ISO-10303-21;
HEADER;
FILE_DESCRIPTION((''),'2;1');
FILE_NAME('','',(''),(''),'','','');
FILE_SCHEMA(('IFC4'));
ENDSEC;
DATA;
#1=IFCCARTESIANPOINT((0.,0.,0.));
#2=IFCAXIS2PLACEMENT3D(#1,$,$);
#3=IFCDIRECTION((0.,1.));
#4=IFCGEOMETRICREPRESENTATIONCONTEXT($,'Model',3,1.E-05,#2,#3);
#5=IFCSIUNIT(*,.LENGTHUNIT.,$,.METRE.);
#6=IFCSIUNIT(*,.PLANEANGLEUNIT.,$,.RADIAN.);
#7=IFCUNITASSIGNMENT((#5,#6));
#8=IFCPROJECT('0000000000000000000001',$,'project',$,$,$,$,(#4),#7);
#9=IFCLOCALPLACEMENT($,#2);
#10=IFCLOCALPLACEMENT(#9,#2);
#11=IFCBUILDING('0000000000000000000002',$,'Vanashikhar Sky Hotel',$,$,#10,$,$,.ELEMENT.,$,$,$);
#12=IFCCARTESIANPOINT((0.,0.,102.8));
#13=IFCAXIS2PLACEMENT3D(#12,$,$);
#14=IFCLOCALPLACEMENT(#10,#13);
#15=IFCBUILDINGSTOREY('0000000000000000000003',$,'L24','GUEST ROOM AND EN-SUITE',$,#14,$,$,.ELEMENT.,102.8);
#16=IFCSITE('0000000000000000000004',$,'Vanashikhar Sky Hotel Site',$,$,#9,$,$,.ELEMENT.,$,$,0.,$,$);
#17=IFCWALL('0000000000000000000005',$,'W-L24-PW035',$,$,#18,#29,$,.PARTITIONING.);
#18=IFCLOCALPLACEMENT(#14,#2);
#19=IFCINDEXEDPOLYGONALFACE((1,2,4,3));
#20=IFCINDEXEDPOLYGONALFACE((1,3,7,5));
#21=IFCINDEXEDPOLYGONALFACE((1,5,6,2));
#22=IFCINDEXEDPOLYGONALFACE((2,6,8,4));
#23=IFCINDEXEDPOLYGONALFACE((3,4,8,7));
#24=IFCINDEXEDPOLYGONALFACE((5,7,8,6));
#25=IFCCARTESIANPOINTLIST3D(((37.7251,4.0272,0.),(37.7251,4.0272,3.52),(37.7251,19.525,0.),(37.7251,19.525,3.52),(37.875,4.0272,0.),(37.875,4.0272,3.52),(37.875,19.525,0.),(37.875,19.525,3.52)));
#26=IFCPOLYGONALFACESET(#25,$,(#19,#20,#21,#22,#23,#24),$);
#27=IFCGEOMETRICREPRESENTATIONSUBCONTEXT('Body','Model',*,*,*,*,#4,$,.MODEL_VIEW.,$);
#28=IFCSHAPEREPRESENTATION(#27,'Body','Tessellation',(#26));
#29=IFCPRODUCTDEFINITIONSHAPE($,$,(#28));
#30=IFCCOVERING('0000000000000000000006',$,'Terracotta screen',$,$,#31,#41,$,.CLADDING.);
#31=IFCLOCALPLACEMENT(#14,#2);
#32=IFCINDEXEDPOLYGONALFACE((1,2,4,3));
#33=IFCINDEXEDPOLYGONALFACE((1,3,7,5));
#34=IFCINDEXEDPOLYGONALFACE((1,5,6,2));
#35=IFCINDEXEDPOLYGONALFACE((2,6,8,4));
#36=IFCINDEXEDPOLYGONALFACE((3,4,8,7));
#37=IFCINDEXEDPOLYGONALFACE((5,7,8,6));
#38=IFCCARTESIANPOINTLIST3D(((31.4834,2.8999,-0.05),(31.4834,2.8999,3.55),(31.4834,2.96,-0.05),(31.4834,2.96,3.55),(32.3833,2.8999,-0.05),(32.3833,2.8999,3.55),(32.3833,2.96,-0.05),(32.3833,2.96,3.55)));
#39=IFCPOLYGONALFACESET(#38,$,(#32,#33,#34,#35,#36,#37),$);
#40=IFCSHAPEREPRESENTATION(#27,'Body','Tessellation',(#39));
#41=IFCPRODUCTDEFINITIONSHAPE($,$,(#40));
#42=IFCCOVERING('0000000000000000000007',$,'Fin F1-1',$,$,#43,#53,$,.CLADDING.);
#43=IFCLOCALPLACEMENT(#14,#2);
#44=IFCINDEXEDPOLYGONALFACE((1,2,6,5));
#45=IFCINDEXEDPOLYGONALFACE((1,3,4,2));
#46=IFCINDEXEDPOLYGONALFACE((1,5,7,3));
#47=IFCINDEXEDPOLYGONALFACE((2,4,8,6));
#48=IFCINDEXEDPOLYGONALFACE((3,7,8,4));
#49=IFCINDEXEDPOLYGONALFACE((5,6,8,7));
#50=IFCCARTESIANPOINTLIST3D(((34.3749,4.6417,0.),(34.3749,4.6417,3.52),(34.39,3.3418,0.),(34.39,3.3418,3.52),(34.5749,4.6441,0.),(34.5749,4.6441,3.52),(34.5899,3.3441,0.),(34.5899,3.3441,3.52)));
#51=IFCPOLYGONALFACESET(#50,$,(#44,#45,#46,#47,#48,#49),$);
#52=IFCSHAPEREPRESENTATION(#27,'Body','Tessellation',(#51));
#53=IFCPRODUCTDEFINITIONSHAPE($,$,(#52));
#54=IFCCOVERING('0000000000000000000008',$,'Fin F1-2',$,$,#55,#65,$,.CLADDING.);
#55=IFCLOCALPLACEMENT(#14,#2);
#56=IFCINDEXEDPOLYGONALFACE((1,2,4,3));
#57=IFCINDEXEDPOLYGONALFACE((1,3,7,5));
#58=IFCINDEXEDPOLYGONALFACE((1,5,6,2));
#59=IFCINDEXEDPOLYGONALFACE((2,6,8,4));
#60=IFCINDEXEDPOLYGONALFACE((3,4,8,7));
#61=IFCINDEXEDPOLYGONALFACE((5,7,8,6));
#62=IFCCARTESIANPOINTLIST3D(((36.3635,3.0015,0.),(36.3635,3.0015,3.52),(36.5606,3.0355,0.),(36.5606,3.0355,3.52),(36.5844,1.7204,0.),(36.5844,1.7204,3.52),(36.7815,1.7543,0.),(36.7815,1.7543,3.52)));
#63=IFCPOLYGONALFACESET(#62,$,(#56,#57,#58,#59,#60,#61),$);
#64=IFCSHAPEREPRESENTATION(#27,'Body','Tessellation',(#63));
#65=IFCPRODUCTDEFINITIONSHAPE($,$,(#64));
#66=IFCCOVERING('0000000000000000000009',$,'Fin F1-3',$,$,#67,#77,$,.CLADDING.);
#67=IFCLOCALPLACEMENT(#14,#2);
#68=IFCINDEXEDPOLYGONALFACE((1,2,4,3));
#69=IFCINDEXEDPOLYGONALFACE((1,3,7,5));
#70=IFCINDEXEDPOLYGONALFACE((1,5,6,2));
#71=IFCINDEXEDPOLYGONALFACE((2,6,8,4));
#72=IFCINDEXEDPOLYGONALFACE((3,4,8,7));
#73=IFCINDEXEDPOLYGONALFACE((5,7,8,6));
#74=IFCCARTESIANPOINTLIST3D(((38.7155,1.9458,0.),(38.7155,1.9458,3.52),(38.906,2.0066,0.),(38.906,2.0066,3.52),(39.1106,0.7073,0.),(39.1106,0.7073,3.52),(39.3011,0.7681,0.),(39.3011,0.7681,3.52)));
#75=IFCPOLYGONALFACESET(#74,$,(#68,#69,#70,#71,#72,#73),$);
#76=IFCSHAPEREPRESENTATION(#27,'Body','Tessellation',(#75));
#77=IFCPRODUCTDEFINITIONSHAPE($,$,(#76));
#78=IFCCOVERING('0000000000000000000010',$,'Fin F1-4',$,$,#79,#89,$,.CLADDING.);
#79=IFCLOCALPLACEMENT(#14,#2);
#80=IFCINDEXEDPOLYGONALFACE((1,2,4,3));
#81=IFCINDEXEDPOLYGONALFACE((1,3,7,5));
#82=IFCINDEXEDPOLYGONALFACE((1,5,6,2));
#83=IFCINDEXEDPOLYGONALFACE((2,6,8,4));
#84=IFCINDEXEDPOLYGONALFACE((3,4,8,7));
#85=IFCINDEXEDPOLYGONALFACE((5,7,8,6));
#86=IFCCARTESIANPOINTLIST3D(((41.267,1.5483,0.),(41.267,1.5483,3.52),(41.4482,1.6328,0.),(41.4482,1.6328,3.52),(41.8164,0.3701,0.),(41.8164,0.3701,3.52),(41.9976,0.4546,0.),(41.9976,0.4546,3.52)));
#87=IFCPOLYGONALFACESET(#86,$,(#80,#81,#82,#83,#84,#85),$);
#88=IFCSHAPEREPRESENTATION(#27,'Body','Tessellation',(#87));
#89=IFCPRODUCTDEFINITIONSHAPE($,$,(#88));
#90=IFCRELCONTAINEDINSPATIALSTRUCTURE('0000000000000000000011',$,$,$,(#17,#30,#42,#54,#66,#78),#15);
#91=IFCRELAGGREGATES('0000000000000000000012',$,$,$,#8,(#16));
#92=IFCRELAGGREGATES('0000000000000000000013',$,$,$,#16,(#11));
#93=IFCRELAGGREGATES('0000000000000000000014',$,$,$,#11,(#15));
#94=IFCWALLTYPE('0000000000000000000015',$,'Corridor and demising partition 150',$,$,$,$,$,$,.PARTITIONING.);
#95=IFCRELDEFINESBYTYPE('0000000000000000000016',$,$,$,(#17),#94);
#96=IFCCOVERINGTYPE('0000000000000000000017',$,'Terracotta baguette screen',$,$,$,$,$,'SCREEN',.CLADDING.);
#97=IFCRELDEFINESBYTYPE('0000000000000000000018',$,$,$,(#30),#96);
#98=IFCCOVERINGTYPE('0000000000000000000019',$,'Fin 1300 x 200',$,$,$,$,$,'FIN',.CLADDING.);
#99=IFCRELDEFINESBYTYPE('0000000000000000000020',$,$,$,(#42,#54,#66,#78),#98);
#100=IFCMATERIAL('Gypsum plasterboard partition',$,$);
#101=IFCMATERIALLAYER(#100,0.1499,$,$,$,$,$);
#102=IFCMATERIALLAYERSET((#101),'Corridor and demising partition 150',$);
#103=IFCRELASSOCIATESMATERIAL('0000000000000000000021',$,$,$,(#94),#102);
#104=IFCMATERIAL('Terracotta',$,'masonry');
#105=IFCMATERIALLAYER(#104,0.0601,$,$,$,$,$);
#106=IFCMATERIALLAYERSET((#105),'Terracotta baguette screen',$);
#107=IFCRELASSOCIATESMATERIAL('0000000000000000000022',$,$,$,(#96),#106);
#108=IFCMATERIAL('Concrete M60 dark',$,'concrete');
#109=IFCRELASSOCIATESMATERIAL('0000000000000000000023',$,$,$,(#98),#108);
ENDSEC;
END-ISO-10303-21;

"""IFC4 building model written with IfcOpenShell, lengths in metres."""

from ifc_helpers import new_model, si_unit, direction, frame, frame_2d, origin, origin_2d, place, context, subcontext, project, spatial, rectangle, extrude, source, transform, mapped, material, layer, layer_set, material_profile, profile_set, type_object, element, save


model = new_model("IFC4")

# Units and contexts
model_context = context("Model", 3, precision=1e-05, world=origin(), true_north=direction((0.0, 1.0)))
body_context = subcontext(model_context, "Body", "Model", "MODEL_VIEW")
ifc_project = project(units=[si_unit("LENGTHUNIT", "METRE"), si_unit("PLANEANGLEUNIT", "RADIAN")], contexts=[model_context])

# Site, building, storey
site_placement = place(None, origin())
site = spatial("IfcSite", under=ifc_project, at=site_placement, Name="Vanashikhar Sky Hotel Site", CompositionType="ELEMENT", RefElevation=0.0)
building_placement = place(site_placement, origin())
building = spatial("IfcBuilding", under=site, at=building_placement, Name="Vanashikhar Sky Hotel", CompositionType="ELEMENT")
storey_placement = place(building_placement, frame((0.0, 0.0, 102.8)))
storey = spatial("IfcBuildingStorey", under=building, at=storey_placement, Name="L24", Description="GUEST ROOM AND EN-SUITE", CompositionType="ELEMENT", Elevation=102.8)

# Wall
ifc_material_1 = material(Name="Gypsum plasterboard partition")
ifc_layer_1 = layer(ifc_material_1, 0.1499)
ifc_layer_set_1 = layer_set([ifc_layer_1], Name="Corridor and demising partition 150")
wall_type_1 = type_object("IfcWallType", Name="Corridor and demising partition 150", PredefinedType="PARTITIONING", material=ifc_layer_set_1)
shared_shape_1 = source(origin(), body_context, "Body", "SweptSolid", [
    extrude(rectangle(XDim=15.4978, YDim=0.1499, at=frame_2d((7.749, 0.0))), origin(), (0.0, 0.0, 1.0), 3.52),
])
wall_1_placement = place(storey_placement, frame((37.8, 4.0271, 0.0), z_axis=(0.0, 0.0, 1.0), x_axis=(0.0, 1.0, 0.0)))
element("IfcWall", 1, at=wall_1_placement, inside=storey, type_object=wall_type_1, Name="W-L24-PW035", PredefinedType="PARTITIONING", context=body_context, shape_type="MappedRepresentation", body=[
    mapped(shared_shape_1, transform((0.0, 0.0, 0.0), scale=1.0)),
])

# Coverings
ifc_material_2 = material(Name="Terracotta", Category="masonry")
ifc_layer_2 = layer(ifc_material_2, 0.0601)
ifc_layer_set_2 = layer_set([ifc_layer_2], Name="Terracotta baguette screen")
covering_type_1 = type_object("IfcCoveringType", Name="Terracotta baguette screen", ElementType="SCREEN", PredefinedType="CLADDING", material=ifc_layer_set_2)
shared_shape_2 = source(origin(), body_context, "Body", "SweptSolid", [
    extrude(rectangle(XDim=0.8999, YDim=0.0601, at=origin_2d()), origin(), (0.0, 0.0, 1.0), 3.6001),
])
covering_placement = place(storey_placement, frame((31.9333, 2.9299, -0.05), z_axis=(0.0, 0.0, 1.0), x_axis=(1.0, 0.0, 0.0)))
element("IfcCovering", 2, at=covering_placement, inside=storey, type_object=covering_type_1, Name="Terracotta screen", PredefinedType="CLADDING", context=body_context, shape_type="MappedRepresentation", body=[
    mapped(shared_shape_2, transform((0.0, 0.0, 0.0), scale=1.0)),
])
ifc_material_3 = material(Name="Concrete M60 dark", Category="concrete")
ifc_material_profile = material_profile(ifc_material_3, rectangle(XDim=1.3, YDim=0.2, at=origin_2d()))
ifc_profile_set = profile_set([ifc_material_profile], Name="Fin 1300 x 200")
covering_type_2 = type_object("IfcCoveringType", Name="Fin 1300 x 200", ElementType="FIN", PredefinedType="CLADDING", material=ifc_profile_set)
shared_shape_3 = source(origin(), body_context, "Body", "SweptSolid", [
    extrude(rectangle(XDim=1.3, YDim=0.2, at=origin_2d()), origin(), (0.0, 0.0, 1.0), 3.52),
])
for number, where, z_axis, x_axis, name in (
    (3, (34.4824, 3.9929, 0.0), (0.0, 0.0, 1.0), (0.011589, -0.999933, 0.0), "Fin F1-1"),
    (4, (36.5725, 2.3779, 0.0), (0.0, 0.0, 1.0), (0.1699, -0.985461, 0.0), "Fin F1-2"),
    (5, (39.0083, 1.3569, 0.0), (0.0, 0.0, 1.0), (0.303967, -0.952683, 0.0), "Fin F1-3"),
    (6, (41.6323, 1.0015, 0.0), (0.0, 0.0, 1.0), (0.422618, -0.906308, 0.0), "Fin F1-4"),
):
    element("IfcCovering", number, at=place(storey_placement, frame(where, z_axis=z_axis, x_axis=x_axis)), inside=storey, type_object=covering_type_2, Name=name, PredefinedType="CLADDING", context=body_context, shape_type="MappedRepresentation", body=[
        mapped(shared_shape_3, transform((0.0, 0.0, 0.0), scale=1.0)),
    ])

save(model, "model.ifc")
